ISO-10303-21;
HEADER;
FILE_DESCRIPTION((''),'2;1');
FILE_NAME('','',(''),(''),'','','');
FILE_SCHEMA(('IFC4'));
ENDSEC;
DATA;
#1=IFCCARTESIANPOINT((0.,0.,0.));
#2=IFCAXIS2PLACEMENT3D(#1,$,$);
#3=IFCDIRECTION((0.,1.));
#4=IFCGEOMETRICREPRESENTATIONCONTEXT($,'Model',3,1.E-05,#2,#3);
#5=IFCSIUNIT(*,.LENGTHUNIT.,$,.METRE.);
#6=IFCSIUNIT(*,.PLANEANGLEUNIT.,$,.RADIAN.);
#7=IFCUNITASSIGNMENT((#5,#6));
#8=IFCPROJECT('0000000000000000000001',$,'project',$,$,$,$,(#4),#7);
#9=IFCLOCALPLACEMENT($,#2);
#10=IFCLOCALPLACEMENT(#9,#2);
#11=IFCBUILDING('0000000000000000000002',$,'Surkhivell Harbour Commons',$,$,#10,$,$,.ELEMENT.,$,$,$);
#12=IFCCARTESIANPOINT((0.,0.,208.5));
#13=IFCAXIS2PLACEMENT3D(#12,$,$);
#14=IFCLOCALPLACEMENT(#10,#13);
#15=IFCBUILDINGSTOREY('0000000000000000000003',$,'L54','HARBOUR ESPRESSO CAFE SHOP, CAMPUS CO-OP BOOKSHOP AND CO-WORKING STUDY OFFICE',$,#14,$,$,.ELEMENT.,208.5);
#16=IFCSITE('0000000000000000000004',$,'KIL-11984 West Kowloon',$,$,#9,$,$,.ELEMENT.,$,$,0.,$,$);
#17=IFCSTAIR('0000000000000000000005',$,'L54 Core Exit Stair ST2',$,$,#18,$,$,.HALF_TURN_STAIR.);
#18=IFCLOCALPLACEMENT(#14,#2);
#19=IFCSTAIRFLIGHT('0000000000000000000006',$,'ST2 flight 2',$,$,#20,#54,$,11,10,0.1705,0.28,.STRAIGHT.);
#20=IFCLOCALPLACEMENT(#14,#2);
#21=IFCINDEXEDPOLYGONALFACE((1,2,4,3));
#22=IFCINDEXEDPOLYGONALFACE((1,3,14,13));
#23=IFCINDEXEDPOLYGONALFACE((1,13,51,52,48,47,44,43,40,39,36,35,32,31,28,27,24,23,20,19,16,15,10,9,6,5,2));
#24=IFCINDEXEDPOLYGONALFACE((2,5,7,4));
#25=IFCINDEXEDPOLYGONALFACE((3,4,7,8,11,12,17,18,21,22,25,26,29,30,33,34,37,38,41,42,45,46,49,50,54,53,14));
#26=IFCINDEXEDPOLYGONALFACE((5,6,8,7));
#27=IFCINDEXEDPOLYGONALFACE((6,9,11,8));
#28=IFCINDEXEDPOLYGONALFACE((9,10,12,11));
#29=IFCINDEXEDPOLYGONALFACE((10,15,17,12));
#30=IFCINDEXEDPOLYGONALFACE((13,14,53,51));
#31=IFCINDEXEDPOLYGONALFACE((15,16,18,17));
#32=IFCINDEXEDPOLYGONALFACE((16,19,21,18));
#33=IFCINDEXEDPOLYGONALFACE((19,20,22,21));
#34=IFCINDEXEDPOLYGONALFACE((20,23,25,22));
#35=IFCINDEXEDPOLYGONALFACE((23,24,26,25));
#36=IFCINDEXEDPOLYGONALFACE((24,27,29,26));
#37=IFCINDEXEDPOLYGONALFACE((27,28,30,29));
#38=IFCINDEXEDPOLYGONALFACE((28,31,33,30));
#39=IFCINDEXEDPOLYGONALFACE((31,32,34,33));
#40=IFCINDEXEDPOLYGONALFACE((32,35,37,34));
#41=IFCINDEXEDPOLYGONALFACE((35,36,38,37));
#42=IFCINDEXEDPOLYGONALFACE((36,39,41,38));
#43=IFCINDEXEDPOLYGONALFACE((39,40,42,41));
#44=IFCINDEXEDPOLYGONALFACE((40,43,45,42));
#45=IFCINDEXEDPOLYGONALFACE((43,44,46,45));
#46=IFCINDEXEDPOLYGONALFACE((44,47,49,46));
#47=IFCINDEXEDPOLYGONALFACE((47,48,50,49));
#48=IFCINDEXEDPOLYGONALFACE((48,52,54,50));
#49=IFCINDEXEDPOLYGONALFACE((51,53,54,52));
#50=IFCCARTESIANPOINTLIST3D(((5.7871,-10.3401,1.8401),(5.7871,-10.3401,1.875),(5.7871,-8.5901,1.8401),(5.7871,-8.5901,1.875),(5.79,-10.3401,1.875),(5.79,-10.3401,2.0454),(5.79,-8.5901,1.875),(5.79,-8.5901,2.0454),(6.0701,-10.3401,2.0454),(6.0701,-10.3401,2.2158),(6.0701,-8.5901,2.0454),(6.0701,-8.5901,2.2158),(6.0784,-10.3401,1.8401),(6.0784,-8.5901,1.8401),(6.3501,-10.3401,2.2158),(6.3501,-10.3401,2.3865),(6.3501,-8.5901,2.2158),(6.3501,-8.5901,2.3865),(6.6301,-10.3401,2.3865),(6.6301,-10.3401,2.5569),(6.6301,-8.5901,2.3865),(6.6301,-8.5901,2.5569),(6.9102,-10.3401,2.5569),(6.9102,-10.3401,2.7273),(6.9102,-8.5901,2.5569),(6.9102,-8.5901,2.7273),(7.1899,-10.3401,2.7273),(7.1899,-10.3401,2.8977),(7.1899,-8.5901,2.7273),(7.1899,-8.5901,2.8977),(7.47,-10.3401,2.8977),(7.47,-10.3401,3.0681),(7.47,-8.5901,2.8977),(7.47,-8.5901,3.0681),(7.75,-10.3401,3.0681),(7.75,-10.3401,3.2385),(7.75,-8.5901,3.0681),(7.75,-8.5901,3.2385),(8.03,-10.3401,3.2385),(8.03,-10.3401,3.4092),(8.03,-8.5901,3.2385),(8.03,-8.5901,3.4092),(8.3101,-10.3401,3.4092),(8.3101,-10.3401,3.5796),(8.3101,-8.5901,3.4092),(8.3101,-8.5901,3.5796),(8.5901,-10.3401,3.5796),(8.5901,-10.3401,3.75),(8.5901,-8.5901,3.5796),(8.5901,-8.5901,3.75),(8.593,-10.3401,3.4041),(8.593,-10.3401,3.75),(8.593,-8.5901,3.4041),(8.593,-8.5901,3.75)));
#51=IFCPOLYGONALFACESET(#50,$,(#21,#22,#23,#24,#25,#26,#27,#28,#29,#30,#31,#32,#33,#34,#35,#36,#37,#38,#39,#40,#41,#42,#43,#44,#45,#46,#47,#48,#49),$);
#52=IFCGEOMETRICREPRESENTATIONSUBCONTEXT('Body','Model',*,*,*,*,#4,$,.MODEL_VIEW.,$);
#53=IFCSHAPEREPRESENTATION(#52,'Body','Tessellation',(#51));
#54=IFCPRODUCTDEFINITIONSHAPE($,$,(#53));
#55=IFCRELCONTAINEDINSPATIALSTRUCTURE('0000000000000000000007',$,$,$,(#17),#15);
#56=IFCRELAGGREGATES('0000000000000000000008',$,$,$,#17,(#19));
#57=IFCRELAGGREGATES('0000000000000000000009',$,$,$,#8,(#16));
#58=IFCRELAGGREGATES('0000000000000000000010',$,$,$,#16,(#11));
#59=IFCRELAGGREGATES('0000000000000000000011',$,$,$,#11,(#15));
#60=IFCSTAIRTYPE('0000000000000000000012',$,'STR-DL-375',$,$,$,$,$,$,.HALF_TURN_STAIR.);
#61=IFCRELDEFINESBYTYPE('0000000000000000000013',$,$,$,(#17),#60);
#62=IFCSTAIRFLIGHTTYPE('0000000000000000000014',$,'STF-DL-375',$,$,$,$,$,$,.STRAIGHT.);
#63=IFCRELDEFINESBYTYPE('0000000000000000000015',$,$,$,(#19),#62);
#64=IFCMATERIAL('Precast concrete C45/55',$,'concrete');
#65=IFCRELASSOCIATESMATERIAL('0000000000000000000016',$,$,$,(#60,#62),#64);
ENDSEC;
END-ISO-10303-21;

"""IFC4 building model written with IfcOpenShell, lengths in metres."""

from ifc_helpers import new_model, si_unit, direction, frame, origin, place, context, subcontext, project, spatial, polyline, outline, extrude, material, type_object, element, aggregate, save


model = new_model("IFC4")

# Units and contexts
model_context = context("Model", 3, precision=1e-05, world=origin(), true_north=direction((0.0, 1.0)))
body_context = subcontext(model_context, "Body", "Model", "MODEL_VIEW")
ifc_project = project(units=[si_unit("LENGTHUNIT", "METRE"), si_unit("PLANEANGLEUNIT", "RADIAN")], contexts=[model_context])

# Site, building, storey
site_placement = place(None, origin())
site = spatial("IfcSite", under=ifc_project, at=site_placement, Name="KIL-11984 West Kowloon", CompositionType="ELEMENT", RefElevation=0.0)
building_placement = place(site_placement, origin())
building = spatial("IfcBuilding", under=site, at=building_placement, Name="Surkhivell Harbour Commons", CompositionType="ELEMENT")
storey_placement = place(building_placement, frame((0.0, 0.0, 208.5)))
storey = spatial("IfcBuildingStorey", under=building, at=storey_placement, Name="L54", Description="HARBOUR ESPRESSO CAFE SHOP, CAMPUS CO-OP BOOKSHOP AND CO-WORKING STUDY OFFICE", CompositionType="ELEMENT", Elevation=208.5)

# Stair, stair flight
ifc_material_1 = material(Name="Precast concrete C45/55", Category="concrete")
stair_type = type_object("IfcStairType", Name="STR-DL-375", PredefinedType="HALF_TURN_STAIR", material=ifc_material_1)
stair_placement = place(storey_placement, origin())
stair = element("IfcStair", 1, at=stair_placement, inside=storey, type_object=stair_type, Name="L54 Core Exit Stair ST2", PredefinedType="HALF_TURN_STAIR")
stair_flight_type = type_object("IfcStairFlightType", Name="STF-DL-375", PredefinedType="STRAIGHT", material=ifc_material_1)
stair_flight_placement = place(storey_placement, frame((5.79, -9.4651, 1.875), z_axis=(0.0, 0.0, 1.0), x_axis=(1.0, 0.0, 0.0)))
stair_flight = element("IfcStairFlight", 2, at=stair_flight_placement, type_object=stair_flight_type, Name="ST2 flight 2", NumberOfRisers=11, NumberOfTreads=10, PredefinedType="STRAIGHT", RiserHeight=0.1705, TreadLength=0.28, context=body_context, shape_type="SweptSolid", body=[
    extrude(outline(polyline([(-0.0029, -0.0349), (-0.0029, 0.0), (0.0, 0.0), (0.0, 0.1704), (0.28, 0.1704), (0.28, 0.3408), (0.5601, 0.3408), (0.5601, 0.5115), (0.8401, 0.5115), (0.8401, 0.6819), (1.1201, 0.6819), (1.1201, 0.8523), (1.3999, 0.8523), (1.3999, 1.0227), (1.6799, 1.0227), (1.6799, 1.1931), (1.96, 1.1931), (1.96, 1.3635), (2.24, 1.3635), (2.24, 1.5342), (2.52, 1.5342), (2.52, 1.7046), (2.8, 1.7046), (2.8, 1.875), (2.803, 1.875), (2.803, 1.5291), (0.2883, -0.0349), (-0.0029, -0.0349)])), frame((0.0, 0.875, 0.0), z_axis=(0.0, -1.0, 0.0), x_axis=(1.0, 0.0, 0.0)), (0.0, 0.0, 1.0), 1.75),
])
aggregate(stair, [stair_flight])

save(model, "model.ifc")
